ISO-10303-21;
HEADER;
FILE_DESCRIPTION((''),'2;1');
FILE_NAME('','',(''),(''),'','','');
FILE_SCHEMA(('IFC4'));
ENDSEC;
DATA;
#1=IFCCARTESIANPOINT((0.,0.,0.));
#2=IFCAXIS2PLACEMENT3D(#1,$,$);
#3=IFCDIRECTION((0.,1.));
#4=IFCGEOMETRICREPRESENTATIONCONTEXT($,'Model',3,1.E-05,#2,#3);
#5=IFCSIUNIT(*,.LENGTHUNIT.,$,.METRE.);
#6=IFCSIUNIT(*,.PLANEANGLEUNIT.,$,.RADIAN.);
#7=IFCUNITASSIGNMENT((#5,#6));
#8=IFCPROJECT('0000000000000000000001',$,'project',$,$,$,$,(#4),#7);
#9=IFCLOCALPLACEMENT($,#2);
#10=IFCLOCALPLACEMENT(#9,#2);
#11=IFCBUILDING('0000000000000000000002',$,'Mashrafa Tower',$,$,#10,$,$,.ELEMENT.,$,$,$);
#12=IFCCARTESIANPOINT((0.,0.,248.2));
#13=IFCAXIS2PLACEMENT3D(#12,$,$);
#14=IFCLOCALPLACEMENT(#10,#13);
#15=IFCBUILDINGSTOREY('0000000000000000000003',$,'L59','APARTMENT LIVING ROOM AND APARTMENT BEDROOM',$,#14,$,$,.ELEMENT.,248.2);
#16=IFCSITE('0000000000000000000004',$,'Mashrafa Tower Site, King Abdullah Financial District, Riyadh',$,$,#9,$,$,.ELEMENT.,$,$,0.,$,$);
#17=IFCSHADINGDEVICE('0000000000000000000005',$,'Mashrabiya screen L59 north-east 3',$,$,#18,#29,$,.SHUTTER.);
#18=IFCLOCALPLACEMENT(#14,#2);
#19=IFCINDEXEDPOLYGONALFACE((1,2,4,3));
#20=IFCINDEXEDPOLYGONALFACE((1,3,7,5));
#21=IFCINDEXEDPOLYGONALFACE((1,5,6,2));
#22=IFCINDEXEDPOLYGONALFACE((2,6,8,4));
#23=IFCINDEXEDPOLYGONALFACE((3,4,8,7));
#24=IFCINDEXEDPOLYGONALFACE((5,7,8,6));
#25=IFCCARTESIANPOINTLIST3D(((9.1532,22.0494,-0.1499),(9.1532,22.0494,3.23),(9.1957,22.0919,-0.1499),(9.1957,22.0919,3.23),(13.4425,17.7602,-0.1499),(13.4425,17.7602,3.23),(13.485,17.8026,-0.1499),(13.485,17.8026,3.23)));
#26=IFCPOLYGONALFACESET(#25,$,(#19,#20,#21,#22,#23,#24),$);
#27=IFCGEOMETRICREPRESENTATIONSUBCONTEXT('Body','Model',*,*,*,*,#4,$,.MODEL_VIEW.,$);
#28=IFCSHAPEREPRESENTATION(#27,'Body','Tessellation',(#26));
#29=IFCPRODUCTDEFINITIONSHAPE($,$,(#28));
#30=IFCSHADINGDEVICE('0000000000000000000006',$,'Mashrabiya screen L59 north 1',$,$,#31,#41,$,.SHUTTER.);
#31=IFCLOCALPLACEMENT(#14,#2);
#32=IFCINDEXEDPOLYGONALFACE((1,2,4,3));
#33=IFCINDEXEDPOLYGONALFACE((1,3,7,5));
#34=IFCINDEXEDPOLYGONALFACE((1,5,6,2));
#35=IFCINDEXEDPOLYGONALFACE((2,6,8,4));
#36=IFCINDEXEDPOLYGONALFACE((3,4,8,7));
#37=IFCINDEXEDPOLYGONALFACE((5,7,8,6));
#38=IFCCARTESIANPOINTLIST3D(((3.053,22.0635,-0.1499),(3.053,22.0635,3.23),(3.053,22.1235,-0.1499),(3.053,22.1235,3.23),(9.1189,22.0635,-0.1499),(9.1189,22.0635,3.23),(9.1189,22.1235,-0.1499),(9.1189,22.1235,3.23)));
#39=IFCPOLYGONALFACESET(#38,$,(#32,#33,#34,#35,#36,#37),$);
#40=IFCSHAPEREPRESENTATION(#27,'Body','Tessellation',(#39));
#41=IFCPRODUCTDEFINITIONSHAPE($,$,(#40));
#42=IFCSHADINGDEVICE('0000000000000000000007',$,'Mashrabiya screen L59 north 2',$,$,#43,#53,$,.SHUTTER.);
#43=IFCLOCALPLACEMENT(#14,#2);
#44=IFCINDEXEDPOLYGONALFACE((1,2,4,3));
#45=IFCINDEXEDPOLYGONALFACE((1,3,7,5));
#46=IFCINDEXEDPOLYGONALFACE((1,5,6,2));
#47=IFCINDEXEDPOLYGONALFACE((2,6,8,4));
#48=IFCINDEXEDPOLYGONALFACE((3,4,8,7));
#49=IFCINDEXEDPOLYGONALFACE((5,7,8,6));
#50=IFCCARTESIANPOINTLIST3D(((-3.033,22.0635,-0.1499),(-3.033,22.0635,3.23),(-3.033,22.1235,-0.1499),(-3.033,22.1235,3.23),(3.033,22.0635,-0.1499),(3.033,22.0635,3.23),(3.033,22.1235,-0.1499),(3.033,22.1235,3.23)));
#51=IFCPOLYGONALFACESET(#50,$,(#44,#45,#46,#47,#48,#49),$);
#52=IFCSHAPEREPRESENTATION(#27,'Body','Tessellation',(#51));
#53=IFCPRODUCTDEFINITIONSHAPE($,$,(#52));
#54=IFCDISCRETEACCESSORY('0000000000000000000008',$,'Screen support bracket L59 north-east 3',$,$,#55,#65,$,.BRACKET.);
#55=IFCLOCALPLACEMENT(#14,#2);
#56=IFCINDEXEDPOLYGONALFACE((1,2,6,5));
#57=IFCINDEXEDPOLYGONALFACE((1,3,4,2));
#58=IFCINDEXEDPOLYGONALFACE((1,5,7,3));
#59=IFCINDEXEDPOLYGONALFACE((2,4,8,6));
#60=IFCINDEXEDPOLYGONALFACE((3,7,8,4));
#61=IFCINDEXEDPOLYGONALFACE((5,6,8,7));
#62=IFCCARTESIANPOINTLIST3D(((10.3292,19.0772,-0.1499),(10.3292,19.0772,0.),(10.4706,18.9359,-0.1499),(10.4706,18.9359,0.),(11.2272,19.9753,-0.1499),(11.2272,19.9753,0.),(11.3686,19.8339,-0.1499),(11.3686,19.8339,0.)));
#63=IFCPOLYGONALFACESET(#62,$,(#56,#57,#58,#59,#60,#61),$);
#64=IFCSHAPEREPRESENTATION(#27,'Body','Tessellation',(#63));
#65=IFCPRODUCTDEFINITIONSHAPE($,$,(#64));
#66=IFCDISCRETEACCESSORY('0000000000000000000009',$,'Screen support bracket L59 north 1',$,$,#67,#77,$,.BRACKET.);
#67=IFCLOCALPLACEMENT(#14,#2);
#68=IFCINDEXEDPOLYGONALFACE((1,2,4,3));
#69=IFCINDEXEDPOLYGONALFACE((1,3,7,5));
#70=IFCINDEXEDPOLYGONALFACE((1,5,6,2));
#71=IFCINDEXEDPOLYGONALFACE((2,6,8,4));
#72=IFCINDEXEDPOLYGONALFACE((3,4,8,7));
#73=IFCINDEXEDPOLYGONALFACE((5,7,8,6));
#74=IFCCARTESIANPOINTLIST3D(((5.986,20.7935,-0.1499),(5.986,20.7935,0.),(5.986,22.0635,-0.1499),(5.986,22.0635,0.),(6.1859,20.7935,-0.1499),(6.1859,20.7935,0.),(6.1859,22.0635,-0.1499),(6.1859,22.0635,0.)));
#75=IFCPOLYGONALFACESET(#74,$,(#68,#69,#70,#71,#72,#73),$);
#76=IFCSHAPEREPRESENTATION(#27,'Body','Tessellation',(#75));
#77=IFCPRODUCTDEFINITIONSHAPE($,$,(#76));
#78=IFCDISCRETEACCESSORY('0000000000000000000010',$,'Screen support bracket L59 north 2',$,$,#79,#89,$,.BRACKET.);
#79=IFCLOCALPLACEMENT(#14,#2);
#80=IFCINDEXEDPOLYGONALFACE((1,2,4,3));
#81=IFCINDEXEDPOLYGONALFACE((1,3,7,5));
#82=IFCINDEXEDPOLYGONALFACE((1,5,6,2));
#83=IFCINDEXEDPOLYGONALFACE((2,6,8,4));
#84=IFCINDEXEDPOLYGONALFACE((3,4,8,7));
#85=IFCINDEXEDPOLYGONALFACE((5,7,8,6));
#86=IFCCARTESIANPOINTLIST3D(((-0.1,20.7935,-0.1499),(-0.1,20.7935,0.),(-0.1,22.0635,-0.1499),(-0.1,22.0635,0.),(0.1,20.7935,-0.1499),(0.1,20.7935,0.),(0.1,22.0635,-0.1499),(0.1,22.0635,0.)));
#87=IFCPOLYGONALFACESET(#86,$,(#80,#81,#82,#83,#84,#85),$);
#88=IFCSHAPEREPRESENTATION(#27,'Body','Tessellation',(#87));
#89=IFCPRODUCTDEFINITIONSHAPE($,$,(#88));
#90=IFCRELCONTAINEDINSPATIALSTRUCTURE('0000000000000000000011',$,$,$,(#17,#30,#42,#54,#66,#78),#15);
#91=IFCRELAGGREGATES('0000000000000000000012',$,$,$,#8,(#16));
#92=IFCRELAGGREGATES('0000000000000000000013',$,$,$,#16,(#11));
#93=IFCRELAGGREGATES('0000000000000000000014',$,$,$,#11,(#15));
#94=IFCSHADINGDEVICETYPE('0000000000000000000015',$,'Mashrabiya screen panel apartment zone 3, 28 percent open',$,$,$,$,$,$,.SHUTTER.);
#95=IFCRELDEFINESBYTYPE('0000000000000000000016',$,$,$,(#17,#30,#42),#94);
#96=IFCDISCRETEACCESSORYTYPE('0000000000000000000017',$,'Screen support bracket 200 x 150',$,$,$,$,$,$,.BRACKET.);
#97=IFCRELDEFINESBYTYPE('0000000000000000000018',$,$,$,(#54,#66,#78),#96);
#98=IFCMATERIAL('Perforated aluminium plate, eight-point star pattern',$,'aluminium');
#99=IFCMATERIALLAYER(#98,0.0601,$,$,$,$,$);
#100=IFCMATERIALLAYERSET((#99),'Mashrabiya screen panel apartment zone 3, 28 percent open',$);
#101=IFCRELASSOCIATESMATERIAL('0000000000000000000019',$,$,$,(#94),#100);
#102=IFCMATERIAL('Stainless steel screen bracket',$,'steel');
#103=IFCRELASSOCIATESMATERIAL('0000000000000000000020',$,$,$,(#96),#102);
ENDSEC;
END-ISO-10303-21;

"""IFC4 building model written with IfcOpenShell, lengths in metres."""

from ifc_helpers import new_model, si_unit, direction, frame, origin, origin_2d, place, context, subcontext, project, spatial, rectangle, extrude, source, transform, mapped, material, layer, layer_set, type_object, type_shapes, element, save


model = new_model("IFC4")

# Units and contexts
model_context = context("Model", 3, precision=1e-05, world=origin(), true_north=direction((0.0, 1.0)))
body_context = subcontext(model_context, "Body", "Model", "MODEL_VIEW")
ifc_project = project(units=[si_unit("LENGTHUNIT", "METRE"), si_unit("PLANEANGLEUNIT", "RADIAN")], contexts=[model_context])

# Site, building, storey
site_placement = place(None, origin())
site = spatial("IfcSite", under=ifc_project, at=site_placement, Name="Mashrafa Tower Site, King Abdullah Financial District, Riyadh", CompositionType="ELEMENT", RefElevation=0.0)
building_placement = place(site_placement, origin())
building = spatial("IfcBuilding", under=site, at=building_placement, Name="Mashrafa Tower", CompositionType="ELEMENT")
storey_placement = place(building_placement, frame((0.0, 0.0, 248.2)))
storey = spatial("IfcBuildingStorey", under=building, at=storey_placement, Name="L59", Description="APARTMENT LIVING ROOM AND APARTMENT BEDROOM", CompositionType="ELEMENT", Elevation=248.2)

# Shading devices
ifc_material_1 = material(Name="Perforated aluminium plate, eight-point star pattern", Category="aluminium")
ifc_layer_1 = layer(ifc_material_1, 0.0601)
ifc_layer_set_1 = layer_set([ifc_layer_1], Name="Mashrabiya screen panel apartment zone 3, 28 percent open")
shading_device_type = type_object("IfcShadingDeviceType", Name="Mashrabiya screen panel apartment zone 3, 28 percent open", PredefinedType="SHUTTER", material=ifc_layer_set_1)
shared_shape_1 = source(origin(), body_context, "Body", "SweptSolid", [
    extrude(rectangle(XDim=6.0659, YDim=0.0601, at=origin_2d()), origin(), (0.0, 0.0, 1.0), 3.3799),
])
type_shapes(shading_device_type, [shared_shape_1])
for number, where, z_axis, x_axis, name in (
    (1, (11.3191, 19.926, -0.1499), (0.0, 0.0, 1.0), (-0.707107, 0.707107, 0.0), "Mashrabiya screen L59 north-east 3"),
    (2, (6.0859, 22.0935, -0.1499), (0.0, 0.0, 1.0), (-1.0, 0.0, 0.0), "Mashrabiya screen L59 north 1"),
    (3, (0.0, 22.0935, -0.1499), (0.0, 0.0, 1.0), (-1.0, 0.0, 0.0), "Mashrabiya screen L59 north 2"),
):
    element("IfcShadingDevice", number, at=place(storey_placement, frame(where, z_axis=z_axis, x_axis=x_axis)), inside=storey, type_object=shading_device_type, Name=name, PredefinedType="SHUTTER", context=body_context, shape_type="MappedRepresentation", body=[
        mapped(shared_shape_1, transform((0.0, 0.0, 0.0))),
    ])

# Discrete accessories
ifc_material_2 = material(Name="Stainless steel screen bracket", Category="steel")
discrete_accessory_type = type_object("IfcDiscreteAccessoryType", Name="Screen support bracket 200 x 150", PredefinedType="BRACKET", material=ifc_material_2)
shared_shape_2 = source(origin(), body_context, "Body", "SweptSolid", [
    extrude(rectangle(XDim=0.2, YDim=1.27, at=origin_2d()), origin(), (0.0, 0.0, 1.0), 0.1499),
])
type_shapes(discrete_accessory_type, [shared_shape_2])
for number, where, z_axis, x_axis, name in (
    (4, (10.8489, 19.4556, -0.1499), (0.0, 0.0, 1.0), (-0.707107, 0.707107, 0.0), "Screen support bracket L59 north-east 3"),
    (5, (6.0859, 21.4285, -0.1499), (0.0, 0.0, 1.0), (-1.0, 0.0, 0.0), "Screen support bracket L59 north 1"),
    (6, (0.0, 21.4285, -0.1499), (0.0, 0.0, 1.0), (-1.0, 0.0, 0.0), "Screen support bracket L59 north 2"),
):
    element("IfcDiscreteAccessory", number, at=place(storey_placement, frame(where, z_axis=z_axis, x_axis=x_axis)), inside=storey, type_object=discrete_accessory_type, Name=name, PredefinedType="BRACKET", context=body_context, shape_type="MappedRepresentation", body=[
        mapped(shared_shape_2, transform((0.0, 0.0, 0.0))),
    ])

save(model, "model.ifc")
